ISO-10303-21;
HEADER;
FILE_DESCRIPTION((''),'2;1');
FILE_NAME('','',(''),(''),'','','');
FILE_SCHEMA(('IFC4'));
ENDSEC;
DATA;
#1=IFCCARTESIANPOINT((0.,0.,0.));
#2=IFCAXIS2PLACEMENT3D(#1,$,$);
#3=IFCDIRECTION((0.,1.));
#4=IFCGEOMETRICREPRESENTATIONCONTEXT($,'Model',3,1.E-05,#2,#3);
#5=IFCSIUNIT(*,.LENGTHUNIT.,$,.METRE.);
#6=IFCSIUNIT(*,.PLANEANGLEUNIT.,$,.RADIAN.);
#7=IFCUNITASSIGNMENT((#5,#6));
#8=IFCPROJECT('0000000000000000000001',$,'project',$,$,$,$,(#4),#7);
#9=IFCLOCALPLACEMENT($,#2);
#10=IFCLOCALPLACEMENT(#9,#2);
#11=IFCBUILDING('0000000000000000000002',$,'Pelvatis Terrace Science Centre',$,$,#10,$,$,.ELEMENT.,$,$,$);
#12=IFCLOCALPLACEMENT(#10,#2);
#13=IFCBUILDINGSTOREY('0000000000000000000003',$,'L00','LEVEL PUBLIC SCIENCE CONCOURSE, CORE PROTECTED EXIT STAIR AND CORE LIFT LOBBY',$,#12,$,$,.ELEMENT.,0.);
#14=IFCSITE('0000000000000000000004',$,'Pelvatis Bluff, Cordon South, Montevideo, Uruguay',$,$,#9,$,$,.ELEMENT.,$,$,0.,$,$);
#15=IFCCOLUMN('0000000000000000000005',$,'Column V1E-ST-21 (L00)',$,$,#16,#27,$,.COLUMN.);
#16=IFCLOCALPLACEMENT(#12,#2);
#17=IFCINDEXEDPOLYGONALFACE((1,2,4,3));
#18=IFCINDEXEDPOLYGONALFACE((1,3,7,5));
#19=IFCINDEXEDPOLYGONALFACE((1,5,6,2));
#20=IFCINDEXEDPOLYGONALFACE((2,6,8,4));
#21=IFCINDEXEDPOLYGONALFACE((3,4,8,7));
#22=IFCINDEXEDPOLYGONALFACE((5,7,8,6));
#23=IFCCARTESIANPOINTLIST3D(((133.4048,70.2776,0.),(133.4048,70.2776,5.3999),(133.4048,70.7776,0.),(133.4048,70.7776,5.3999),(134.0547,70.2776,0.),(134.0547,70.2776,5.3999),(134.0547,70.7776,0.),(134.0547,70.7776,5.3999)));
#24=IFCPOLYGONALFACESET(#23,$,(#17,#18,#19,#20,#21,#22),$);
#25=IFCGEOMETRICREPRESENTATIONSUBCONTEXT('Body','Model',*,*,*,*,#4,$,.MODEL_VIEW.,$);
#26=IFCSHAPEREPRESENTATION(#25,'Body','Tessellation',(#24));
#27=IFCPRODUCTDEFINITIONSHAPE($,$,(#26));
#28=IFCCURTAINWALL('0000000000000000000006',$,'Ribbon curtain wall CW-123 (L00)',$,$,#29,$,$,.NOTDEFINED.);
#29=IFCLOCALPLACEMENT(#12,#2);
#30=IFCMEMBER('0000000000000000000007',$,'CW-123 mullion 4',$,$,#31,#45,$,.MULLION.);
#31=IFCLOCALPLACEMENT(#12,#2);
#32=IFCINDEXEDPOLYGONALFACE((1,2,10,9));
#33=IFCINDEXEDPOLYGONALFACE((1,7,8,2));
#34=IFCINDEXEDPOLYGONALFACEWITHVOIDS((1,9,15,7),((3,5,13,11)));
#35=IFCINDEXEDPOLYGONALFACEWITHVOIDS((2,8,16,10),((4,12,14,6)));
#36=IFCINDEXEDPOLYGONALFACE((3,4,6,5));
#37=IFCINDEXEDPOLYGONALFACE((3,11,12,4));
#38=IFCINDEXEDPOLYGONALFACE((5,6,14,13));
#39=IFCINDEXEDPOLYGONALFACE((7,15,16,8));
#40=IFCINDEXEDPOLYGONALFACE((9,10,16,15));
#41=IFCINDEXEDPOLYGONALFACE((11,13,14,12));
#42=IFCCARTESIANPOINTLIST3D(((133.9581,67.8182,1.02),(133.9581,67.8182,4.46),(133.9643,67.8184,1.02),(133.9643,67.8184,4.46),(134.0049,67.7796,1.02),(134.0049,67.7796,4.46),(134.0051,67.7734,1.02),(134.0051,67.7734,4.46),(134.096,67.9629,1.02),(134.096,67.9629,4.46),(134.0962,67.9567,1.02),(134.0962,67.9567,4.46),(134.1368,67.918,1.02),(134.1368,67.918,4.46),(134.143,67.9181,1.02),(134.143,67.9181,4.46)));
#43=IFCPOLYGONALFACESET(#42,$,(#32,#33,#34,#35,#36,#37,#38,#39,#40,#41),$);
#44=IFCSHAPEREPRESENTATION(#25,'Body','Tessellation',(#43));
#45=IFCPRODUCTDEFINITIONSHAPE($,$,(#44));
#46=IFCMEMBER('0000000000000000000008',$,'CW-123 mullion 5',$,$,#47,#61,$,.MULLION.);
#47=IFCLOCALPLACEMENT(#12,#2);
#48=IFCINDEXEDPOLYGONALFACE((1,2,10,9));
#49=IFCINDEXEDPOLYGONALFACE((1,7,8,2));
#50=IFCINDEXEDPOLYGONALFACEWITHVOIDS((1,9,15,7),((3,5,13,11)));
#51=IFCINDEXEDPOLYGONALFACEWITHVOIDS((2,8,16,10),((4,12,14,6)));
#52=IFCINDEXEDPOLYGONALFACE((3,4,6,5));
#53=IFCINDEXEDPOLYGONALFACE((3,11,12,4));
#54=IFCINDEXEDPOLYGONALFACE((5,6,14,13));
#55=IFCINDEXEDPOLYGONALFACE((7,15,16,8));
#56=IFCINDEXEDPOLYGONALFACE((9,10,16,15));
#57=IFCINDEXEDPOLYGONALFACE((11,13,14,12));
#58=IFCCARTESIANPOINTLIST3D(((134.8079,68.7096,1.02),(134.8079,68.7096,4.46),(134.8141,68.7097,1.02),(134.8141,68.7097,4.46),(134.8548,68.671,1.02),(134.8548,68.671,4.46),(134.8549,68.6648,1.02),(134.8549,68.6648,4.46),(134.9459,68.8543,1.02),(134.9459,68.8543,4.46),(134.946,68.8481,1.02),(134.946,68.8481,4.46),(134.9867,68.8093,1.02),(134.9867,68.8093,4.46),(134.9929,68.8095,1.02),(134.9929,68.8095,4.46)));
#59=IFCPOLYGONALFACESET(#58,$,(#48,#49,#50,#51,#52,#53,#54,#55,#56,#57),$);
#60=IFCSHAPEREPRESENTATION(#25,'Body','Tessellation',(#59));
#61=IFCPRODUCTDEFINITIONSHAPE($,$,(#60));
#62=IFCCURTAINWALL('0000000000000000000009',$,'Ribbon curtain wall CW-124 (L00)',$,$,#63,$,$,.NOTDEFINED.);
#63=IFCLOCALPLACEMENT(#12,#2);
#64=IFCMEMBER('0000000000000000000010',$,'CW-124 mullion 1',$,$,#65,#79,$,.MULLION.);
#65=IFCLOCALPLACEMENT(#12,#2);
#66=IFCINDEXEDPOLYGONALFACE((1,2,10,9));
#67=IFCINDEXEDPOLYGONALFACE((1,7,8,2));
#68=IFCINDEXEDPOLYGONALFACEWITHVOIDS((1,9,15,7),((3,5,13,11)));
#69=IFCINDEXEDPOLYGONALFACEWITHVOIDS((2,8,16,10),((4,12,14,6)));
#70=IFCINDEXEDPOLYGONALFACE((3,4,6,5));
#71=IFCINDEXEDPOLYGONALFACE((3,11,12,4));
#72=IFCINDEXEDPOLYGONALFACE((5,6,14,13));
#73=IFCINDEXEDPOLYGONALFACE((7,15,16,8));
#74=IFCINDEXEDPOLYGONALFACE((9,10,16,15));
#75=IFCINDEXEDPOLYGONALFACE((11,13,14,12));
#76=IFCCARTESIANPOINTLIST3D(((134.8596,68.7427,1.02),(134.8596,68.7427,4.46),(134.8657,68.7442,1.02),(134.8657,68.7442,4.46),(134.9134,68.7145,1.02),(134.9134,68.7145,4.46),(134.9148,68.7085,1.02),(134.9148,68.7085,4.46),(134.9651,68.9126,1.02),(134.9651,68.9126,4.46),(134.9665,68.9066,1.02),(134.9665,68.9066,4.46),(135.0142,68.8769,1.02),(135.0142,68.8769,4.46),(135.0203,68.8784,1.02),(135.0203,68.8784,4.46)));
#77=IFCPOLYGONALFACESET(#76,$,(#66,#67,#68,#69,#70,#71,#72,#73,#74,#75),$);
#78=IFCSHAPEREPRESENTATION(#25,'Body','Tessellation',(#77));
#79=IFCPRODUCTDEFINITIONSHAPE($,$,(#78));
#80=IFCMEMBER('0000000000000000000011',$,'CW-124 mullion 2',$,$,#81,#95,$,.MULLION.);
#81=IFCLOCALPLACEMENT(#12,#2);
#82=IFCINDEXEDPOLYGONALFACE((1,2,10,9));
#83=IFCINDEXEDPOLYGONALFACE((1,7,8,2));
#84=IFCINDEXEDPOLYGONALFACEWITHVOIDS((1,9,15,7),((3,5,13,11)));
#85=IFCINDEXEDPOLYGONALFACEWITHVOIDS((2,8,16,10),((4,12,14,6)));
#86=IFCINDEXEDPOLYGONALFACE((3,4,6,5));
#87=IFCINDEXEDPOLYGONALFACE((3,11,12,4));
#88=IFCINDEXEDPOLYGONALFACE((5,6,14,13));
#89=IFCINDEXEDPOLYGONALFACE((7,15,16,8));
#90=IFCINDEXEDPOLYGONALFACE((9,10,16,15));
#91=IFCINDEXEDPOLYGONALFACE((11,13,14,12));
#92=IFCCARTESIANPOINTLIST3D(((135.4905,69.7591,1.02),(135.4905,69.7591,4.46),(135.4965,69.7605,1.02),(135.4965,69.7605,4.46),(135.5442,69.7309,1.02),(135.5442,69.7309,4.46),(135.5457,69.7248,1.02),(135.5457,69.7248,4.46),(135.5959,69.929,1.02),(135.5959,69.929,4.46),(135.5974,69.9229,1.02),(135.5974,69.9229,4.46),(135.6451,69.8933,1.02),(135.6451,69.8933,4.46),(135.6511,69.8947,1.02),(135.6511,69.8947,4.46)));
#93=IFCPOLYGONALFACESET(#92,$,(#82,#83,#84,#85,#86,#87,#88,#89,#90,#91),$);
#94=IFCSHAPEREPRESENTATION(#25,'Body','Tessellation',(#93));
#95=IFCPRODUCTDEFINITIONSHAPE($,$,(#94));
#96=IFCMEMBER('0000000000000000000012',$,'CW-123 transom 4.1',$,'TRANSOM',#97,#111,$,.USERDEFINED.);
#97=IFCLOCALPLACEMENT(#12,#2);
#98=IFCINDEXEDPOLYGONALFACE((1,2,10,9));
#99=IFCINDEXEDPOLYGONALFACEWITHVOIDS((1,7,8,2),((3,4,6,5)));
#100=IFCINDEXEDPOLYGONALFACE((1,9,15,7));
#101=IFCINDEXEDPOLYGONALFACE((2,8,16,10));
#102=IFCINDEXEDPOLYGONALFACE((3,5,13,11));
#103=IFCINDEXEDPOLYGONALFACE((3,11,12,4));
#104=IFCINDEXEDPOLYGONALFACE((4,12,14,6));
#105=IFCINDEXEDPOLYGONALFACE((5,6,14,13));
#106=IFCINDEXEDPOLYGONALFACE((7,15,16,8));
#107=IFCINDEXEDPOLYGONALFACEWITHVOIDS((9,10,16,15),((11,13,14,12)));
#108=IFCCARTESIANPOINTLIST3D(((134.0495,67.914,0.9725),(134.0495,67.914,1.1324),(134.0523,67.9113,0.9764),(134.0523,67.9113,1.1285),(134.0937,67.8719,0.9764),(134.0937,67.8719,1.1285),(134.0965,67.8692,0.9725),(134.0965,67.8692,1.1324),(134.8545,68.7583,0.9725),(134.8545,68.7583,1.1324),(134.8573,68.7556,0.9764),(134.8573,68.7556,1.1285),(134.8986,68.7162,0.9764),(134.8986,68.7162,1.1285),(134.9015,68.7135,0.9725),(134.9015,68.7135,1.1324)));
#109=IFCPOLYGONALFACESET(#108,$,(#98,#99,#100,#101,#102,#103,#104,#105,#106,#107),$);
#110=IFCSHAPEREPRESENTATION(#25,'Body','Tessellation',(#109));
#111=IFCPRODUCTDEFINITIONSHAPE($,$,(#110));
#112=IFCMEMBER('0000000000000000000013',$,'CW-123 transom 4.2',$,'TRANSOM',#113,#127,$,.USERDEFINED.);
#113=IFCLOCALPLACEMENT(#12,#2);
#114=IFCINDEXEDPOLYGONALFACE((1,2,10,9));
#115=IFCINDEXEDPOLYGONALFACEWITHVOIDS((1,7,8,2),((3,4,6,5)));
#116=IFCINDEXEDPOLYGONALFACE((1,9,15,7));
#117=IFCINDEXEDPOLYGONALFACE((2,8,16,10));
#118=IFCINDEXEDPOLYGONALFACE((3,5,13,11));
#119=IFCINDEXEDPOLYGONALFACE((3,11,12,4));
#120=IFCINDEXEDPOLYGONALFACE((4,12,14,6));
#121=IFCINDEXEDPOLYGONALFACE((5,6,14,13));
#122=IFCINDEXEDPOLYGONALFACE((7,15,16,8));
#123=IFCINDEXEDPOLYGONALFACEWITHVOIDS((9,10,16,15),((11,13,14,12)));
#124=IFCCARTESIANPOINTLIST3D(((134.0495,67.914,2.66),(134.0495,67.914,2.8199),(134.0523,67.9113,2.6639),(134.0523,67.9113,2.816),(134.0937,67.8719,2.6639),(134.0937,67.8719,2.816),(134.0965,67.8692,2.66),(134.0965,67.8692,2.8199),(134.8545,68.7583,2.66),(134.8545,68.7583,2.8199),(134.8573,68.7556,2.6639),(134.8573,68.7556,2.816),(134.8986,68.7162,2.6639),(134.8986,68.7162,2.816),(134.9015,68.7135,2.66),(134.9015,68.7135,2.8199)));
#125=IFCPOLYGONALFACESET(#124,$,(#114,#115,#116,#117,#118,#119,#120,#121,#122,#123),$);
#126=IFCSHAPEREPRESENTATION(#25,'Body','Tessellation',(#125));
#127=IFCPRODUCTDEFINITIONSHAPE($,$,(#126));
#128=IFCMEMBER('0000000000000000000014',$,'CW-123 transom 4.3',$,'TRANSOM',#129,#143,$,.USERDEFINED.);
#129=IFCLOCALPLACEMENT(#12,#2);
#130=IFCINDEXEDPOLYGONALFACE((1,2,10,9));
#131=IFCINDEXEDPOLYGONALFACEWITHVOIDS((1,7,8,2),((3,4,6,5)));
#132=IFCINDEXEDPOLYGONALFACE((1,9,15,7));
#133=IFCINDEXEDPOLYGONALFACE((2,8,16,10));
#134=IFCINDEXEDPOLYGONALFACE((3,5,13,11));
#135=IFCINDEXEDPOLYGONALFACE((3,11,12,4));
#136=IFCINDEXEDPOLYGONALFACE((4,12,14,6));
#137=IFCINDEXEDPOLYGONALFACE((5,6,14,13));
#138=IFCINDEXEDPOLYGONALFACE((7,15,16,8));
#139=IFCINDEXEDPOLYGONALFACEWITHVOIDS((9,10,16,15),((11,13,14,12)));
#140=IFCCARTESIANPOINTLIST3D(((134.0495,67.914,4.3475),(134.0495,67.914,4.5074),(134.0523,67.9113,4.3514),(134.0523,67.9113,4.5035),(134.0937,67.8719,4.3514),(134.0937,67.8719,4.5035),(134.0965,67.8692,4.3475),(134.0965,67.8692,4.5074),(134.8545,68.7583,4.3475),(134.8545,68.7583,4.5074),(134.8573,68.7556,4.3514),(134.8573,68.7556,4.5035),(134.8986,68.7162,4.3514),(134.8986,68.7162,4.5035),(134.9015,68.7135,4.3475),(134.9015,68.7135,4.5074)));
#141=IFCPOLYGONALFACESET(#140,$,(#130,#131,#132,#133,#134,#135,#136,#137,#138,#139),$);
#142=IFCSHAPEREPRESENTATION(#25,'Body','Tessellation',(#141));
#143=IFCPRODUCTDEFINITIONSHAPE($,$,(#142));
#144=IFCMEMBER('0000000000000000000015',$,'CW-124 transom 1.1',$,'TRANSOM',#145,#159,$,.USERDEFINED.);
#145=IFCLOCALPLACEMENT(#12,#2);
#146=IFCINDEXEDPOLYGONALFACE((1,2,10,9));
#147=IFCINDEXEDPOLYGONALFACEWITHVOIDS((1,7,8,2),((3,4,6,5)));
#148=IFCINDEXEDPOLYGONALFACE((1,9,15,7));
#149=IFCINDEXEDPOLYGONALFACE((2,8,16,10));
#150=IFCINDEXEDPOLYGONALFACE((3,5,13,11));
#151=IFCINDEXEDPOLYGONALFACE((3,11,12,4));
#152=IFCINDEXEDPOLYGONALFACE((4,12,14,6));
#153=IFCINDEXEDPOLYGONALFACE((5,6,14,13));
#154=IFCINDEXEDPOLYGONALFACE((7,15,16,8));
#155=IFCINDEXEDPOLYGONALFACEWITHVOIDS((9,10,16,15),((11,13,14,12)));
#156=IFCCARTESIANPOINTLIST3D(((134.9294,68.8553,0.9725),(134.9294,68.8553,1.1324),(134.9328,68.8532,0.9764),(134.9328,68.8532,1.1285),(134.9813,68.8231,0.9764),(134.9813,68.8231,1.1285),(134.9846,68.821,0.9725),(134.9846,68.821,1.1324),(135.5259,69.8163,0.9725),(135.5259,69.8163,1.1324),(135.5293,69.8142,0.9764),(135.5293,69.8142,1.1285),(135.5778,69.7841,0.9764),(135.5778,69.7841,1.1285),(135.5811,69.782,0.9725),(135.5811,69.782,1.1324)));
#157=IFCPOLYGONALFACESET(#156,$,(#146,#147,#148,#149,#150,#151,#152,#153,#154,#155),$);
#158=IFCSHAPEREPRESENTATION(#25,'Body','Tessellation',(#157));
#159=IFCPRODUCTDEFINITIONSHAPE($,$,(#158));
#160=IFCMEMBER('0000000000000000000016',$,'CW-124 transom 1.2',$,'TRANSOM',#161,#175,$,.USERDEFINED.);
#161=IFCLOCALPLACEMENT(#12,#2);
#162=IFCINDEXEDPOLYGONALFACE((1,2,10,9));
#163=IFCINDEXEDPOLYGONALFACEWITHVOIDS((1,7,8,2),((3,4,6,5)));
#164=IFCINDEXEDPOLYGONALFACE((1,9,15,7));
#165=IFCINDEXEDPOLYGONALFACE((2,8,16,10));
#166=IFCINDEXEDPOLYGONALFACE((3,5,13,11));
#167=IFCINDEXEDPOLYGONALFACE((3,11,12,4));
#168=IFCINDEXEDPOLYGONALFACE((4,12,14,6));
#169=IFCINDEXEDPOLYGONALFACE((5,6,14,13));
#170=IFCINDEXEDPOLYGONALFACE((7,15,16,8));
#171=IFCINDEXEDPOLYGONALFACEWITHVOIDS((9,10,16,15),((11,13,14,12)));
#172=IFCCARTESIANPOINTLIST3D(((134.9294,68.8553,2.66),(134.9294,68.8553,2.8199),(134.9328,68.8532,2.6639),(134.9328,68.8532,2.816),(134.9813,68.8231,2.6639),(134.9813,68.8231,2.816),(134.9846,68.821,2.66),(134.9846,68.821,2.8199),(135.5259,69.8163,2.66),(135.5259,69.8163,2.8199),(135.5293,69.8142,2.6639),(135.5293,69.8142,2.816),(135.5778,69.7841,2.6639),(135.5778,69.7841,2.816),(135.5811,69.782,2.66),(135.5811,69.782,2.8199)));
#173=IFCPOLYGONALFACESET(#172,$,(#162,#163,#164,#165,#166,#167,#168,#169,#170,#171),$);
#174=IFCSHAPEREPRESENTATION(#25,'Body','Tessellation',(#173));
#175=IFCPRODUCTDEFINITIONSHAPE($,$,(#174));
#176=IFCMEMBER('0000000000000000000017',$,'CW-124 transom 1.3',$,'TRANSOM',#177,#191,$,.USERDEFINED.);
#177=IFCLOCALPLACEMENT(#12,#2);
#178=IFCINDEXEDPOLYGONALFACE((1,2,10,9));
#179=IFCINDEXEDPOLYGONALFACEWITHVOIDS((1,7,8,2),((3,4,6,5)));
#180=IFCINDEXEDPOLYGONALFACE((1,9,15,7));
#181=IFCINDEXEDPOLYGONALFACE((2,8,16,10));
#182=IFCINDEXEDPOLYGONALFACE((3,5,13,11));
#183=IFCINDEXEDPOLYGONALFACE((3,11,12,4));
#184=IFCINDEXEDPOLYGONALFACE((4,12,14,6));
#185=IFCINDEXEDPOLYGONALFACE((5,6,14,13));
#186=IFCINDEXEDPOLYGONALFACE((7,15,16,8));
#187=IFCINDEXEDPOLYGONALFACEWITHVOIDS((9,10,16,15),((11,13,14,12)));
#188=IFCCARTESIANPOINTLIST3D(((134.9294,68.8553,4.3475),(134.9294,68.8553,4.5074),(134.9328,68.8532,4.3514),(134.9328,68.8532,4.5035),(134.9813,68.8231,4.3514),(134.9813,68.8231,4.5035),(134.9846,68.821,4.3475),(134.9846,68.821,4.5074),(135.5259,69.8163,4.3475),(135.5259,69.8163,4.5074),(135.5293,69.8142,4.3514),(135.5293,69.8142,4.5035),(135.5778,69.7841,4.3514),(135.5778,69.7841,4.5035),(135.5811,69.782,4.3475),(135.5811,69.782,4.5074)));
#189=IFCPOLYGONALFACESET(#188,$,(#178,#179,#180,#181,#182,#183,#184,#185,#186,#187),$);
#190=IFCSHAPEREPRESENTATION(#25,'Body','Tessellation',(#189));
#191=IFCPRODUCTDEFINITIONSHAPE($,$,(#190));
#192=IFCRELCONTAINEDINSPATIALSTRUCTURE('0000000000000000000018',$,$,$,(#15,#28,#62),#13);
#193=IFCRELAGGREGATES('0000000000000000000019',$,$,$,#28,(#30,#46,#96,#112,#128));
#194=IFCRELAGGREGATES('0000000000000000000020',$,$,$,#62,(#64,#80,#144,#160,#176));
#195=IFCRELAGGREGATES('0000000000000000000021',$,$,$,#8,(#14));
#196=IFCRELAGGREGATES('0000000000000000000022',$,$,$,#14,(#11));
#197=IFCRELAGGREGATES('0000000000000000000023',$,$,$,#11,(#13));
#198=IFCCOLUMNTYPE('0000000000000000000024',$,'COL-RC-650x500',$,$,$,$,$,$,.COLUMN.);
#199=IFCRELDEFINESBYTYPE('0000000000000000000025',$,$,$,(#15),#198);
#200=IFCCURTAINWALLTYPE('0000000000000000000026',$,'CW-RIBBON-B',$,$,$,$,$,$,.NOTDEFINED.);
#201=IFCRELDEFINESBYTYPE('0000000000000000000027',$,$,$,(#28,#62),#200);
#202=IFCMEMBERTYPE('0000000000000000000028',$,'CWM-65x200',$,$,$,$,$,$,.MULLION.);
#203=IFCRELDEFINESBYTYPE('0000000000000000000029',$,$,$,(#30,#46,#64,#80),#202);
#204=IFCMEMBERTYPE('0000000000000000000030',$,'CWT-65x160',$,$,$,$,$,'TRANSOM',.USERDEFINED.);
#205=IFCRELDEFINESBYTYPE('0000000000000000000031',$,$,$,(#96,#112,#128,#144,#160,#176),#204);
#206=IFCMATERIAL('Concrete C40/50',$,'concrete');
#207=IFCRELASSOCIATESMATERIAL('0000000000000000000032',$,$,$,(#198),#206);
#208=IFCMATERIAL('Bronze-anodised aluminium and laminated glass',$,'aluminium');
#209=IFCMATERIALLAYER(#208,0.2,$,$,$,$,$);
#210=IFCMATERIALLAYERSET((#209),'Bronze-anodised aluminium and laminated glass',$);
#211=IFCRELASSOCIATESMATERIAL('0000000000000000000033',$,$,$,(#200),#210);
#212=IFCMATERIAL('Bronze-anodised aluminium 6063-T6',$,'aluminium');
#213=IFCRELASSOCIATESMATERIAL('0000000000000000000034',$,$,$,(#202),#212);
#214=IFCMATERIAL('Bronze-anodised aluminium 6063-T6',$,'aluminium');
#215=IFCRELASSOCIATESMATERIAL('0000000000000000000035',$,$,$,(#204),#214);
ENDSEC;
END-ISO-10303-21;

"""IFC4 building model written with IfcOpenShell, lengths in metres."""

from ifc_helpers import new_model, si_unit, direction, frame, origin, origin_2d, place, context, subcontext, project, spatial, rectangle, hollow_rectangle, extrude, material, layer, layer_set, material_profile, profile_set, type_object, element, aggregate, save


model = new_model("IFC4")

# Units and contexts
model_context = context("Model", 3, precision=1e-05, world=origin(), true_north=direction((0.0, 1.0)))
body_context = subcontext(model_context, "Body", "Model", "MODEL_VIEW")
ifc_project = project(units=[si_unit("LENGTHUNIT", "METRE"), si_unit("PLANEANGLEUNIT", "RADIAN")], contexts=[model_context])

# Site, building, storey
site_placement = place(None, origin())
site = spatial("IfcSite", under=ifc_project, at=site_placement, Name="Pelvatis Bluff, Cordon South, Montevideo, Uruguay", CompositionType="ELEMENT", RefElevation=0.0)
building_placement = place(site_placement, origin())
building = spatial("IfcBuilding", under=site, at=building_placement, Name="Pelvatis Terrace Science Centre", CompositionType="ELEMENT")
storey_placement = place(building_placement, origin())
storey = spatial("IfcBuildingStorey", under=building, at=storey_placement, Name="L00", Description="LEVEL PUBLIC SCIENCE CONCOURSE, CORE PROTECTED EXIT STAIR AND CORE LIFT LOBBY", CompositionType="ELEMENT", Elevation=0.0)

# Column
ifc_material_1 = material(Name="Concrete C40/50", Category="concrete")
ifc_material_profile_1 = material_profile(ifc_material_1, rectangle(XDim=0.6499, YDim=0.5, at=origin_2d()), Name="RC-COL 650x500")
ifc_profile_set_1 = profile_set([ifc_material_profile_1], Name="Concrete C40/50")
column_type = type_object("IfcColumnType", Name="COL-RC-650x500", PredefinedType="COLUMN", material=ifc_profile_set_1)
column_placement = place(storey_placement, frame((133.7297, 70.5276, 0.0), z_axis=(0.0, 0.0, 1.0), x_axis=(1.0, 0.0, 0.0)))
element("IfcColumn", 1, at=column_placement, inside=storey, type_object=column_type, Name="Column V1E-ST-21 (L00)", PredefinedType="COLUMN", context=body_context, shape_type="SweptSolid", body=[
    extrude(rectangle(XDim=0.6499, YDim=0.5, at=origin_2d()), origin(), (0.0, 0.0, 1.0), 5.3999),
])

# Curtain walls, members
ifc_material_2 = material(Name="Bronze-anodised aluminium and laminated glass", Category="aluminium")
ifc_layer_1 = layer(ifc_material_2, 0.2)
ifc_layer_set_1 = layer_set([ifc_layer_1], Name="Bronze-anodised aluminium and laminated glass")
curtain_wall_type = type_object("IfcCurtainWallType", Name="CW-RIBBON-B", PredefinedType="NOTDEFINED", material=ifc_layer_set_1)
curtain_wall_1_placement = place(storey_placement, origin())
curtain_wall_1 = element("IfcCurtainWall", 2, at=curtain_wall_1_placement, inside=storey, type_object=curtain_wall_type, Name="Ribbon curtain wall CW-123 (L00)", PredefinedType="NOTDEFINED")
ifc_material_3 = material(Name="Bronze-anodised aluminium 6063-T6", Category="aluminium")
ifc_material_profile_2 = material_profile(ifc_material_3, hollow_rectangle(XDim=0.0649, YDim=0.2, WallThickness=0.0044, at=origin_2d()), Name="ALU-MUL 65x200")
ifc_profile_set_2 = profile_set([ifc_material_profile_2], Name="Bronze-anodised aluminium 6063-T6")
member_type_1 = type_object("IfcMemberType", Name="CWM-65x200", PredefinedType="MULLION", material=ifc_profile_set_2)
member_1_placement = place(storey_placement, frame((134.0505, 67.8682, 1.02), z_axis=(0.0, 0.0, 1.0), x_axis=(-0.723835, 0.689973, 0.0)))
member_1 = element("IfcMember", 3, at=member_1_placement, type_object=member_type_1, Name="CW-123 mullion 4", PredefinedType="MULLION", context=body_context, shape_type="SweptSolid", body=[
    extrude(hollow_rectangle(XDim=0.0649, YDim=0.2, WallThickness=0.0044, at=origin_2d()), origin(), (0.0, 0.0, 1.0), 3.4399),
])
member_2_placement = place(storey_placement, frame((134.9004, 68.7595, 1.02), z_axis=(0.0, 0.0, 1.0), x_axis=(-0.723835, 0.689973, 0.0)))
member_2 = element("IfcMember", 4, at=member_2_placement, type_object=member_type_1, Name="CW-123 mullion 5", PredefinedType="MULLION", context=body_context, shape_type="SweptSolid", body=[
    extrude(hollow_rectangle(XDim=0.0649, YDim=0.2, WallThickness=0.0044, at=origin_2d()), origin(), (0.0, 0.0, 1.0), 3.4399),
])
curtain_wall_2_placement = place(storey_placement, origin())
curtain_wall_2 = element("IfcCurtainWall", 5, at=curtain_wall_2_placement, inside=storey, type_object=curtain_wall_type, Name="Ribbon curtain wall CW-124 (L00)", PredefinedType="NOTDEFINED")
member_3_placement = place(storey_placement, frame((134.9399, 68.8105, 1.02), z_axis=(0.0, 0.0, 1.0), x_axis=(-0.849586, 0.52745, 0.0)))
member_3 = element("IfcMember", 6, at=member_3_placement, type_object=member_type_1, Name="CW-124 mullion 1", PredefinedType="MULLION", context=body_context, shape_type="SweptSolid", body=[
    extrude(hollow_rectangle(XDim=0.0649, YDim=0.2, WallThickness=0.0044, at=origin_2d()), origin(), (0.0, 0.0, 1.0), 3.4399),
])
member_4_placement = place(storey_placement, frame((135.5708, 69.8269, 1.02), z_axis=(0.0, 0.0, 1.0), x_axis=(-0.849586, 0.52745, 0.0)))
member_4 = element("IfcMember", 7, at=member_4_placement, type_object=member_type_1, Name="CW-124 mullion 2", PredefinedType="MULLION", context=body_context, shape_type="SweptSolid", body=[
    extrude(hollow_rectangle(XDim=0.0649, YDim=0.2, WallThickness=0.0044, at=origin_2d()), origin(), (0.0, 0.0, 1.0), 3.4399),
])

# Members
ifc_material_4 = material(Name="Bronze-anodised aluminium 6063-T6", Category="aluminium")
ifc_material_profile_3 = material_profile(ifc_material_4, hollow_rectangle(XDim=0.0649, YDim=0.1599, WallThickness=0.0039, at=origin_2d()), Name="ALU-TRN 65x160")
ifc_profile_set_3 = profile_set([ifc_material_profile_3], Name="Bronze-anodised aluminium 6063-T6")
member_type_2 = type_object("IfcMemberType", Name="CWT-65x160", ElementType="TRANSOM", PredefinedType="USERDEFINED", material=ifc_profile_set_3)
member_5_placement = place(storey_placement, frame((134.073, 67.8916, 1.0525), z_axis=(0.690057, 0.723755, 0.0), x_axis=(-0.723755, 0.690057, 0.0)))
member_5 = element("IfcMember", 8, at=member_5_placement, type_object=member_type_2, Name="CW-123 transom 4.1", ObjectType="TRANSOM", PredefinedType="USERDEFINED", context=body_context, shape_type="SweptSolid", body=[
    extrude(hollow_rectangle(XDim=0.0649, YDim=0.1599, WallThickness=0.0039, at=origin_2d()), origin(), (0.0, 0.0, 1.0), 1.1665),
])
member_6_placement = place(storey_placement, frame((134.073, 67.8916, 2.74), z_axis=(0.690057, 0.723755, 0.0), x_axis=(-0.723755, 0.690057, 0.0)))
member_6 = element("IfcMember", 9, at=member_6_placement, type_object=member_type_2, Name="CW-123 transom 4.2", ObjectType="TRANSOM", PredefinedType="USERDEFINED", context=body_context, shape_type="SweptSolid", body=[
    extrude(hollow_rectangle(XDim=0.0649, YDim=0.1599, WallThickness=0.0039, at=origin_2d()), origin(), (0.0, 0.0, 1.0), 1.1665),
])
member_7_placement = place(storey_placement, frame((134.073, 67.8916, 4.4275), z_axis=(0.690057, 0.723755, 0.0), x_axis=(-0.723755, 0.690057, 0.0)))
member_7 = element("IfcMember", 10, at=member_7_placement, type_object=member_type_2, Name="CW-123 transom 4.3", ObjectType="TRANSOM", PredefinedType="USERDEFINED", context=body_context, shape_type="SweptSolid", body=[
    extrude(hollow_rectangle(XDim=0.0649, YDim=0.1599, WallThickness=0.0039, at=origin_2d()), origin(), (0.0, 0.0, 1.0), 1.1665),
])
member_8_placement = place(storey_placement, frame((134.957, 68.8381, 1.0525), z_axis=(0.527357, 0.849644, 0.0), x_axis=(-0.849644, 0.527357, 0.0)))
member_8 = element("IfcMember", 11, at=member_8_placement, type_object=member_type_2, Name="CW-124 transom 1.1", ObjectType="TRANSOM", PredefinedType="USERDEFINED", context=body_context, shape_type="SweptSolid", body=[
    extrude(hollow_rectangle(XDim=0.0649, YDim=0.1599, WallThickness=0.0039, at=origin_2d()), origin(), (0.0, 0.0, 1.0), 1.1311),
])
member_9_placement = place(storey_placement, frame((134.957, 68.8381, 2.74), z_axis=(0.527357, 0.849644, 0.0), x_axis=(-0.849644, 0.527357, 0.0)))
member_9 = element("IfcMember", 12, at=member_9_placement, type_object=member_type_2, Name="CW-124 transom 1.2", ObjectType="TRANSOM", PredefinedType="USERDEFINED", context=body_context, shape_type="SweptSolid", body=[
    extrude(hollow_rectangle(XDim=0.0649, YDim=0.1599, WallThickness=0.0039, at=origin_2d()), origin(), (0.0, 0.0, 1.0), 1.1311),
])
member_10_placement = place(storey_placement, frame((134.957, 68.8381, 4.4275), z_axis=(0.527357, 0.849644, 0.0), x_axis=(-0.849644, 0.527357, 0.0)))
member_10 = element("IfcMember", 13, at=member_10_placement, type_object=member_type_2, Name="CW-124 transom 1.3", ObjectType="TRANSOM", PredefinedType="USERDEFINED", context=body_context, shape_type="SweptSolid", body=[
    extrude(hollow_rectangle(XDim=0.0649, YDim=0.1599, WallThickness=0.0039, at=origin_2d()), origin(), (0.0, 0.0, 1.0), 1.1311),
])

aggregate(curtain_wall_1, [member_1, member_2, member_5, member_6, member_7])
aggregate(curtain_wall_2, [member_3, member_4, member_8, member_9, member_10])

save(model, "model.ifc")
